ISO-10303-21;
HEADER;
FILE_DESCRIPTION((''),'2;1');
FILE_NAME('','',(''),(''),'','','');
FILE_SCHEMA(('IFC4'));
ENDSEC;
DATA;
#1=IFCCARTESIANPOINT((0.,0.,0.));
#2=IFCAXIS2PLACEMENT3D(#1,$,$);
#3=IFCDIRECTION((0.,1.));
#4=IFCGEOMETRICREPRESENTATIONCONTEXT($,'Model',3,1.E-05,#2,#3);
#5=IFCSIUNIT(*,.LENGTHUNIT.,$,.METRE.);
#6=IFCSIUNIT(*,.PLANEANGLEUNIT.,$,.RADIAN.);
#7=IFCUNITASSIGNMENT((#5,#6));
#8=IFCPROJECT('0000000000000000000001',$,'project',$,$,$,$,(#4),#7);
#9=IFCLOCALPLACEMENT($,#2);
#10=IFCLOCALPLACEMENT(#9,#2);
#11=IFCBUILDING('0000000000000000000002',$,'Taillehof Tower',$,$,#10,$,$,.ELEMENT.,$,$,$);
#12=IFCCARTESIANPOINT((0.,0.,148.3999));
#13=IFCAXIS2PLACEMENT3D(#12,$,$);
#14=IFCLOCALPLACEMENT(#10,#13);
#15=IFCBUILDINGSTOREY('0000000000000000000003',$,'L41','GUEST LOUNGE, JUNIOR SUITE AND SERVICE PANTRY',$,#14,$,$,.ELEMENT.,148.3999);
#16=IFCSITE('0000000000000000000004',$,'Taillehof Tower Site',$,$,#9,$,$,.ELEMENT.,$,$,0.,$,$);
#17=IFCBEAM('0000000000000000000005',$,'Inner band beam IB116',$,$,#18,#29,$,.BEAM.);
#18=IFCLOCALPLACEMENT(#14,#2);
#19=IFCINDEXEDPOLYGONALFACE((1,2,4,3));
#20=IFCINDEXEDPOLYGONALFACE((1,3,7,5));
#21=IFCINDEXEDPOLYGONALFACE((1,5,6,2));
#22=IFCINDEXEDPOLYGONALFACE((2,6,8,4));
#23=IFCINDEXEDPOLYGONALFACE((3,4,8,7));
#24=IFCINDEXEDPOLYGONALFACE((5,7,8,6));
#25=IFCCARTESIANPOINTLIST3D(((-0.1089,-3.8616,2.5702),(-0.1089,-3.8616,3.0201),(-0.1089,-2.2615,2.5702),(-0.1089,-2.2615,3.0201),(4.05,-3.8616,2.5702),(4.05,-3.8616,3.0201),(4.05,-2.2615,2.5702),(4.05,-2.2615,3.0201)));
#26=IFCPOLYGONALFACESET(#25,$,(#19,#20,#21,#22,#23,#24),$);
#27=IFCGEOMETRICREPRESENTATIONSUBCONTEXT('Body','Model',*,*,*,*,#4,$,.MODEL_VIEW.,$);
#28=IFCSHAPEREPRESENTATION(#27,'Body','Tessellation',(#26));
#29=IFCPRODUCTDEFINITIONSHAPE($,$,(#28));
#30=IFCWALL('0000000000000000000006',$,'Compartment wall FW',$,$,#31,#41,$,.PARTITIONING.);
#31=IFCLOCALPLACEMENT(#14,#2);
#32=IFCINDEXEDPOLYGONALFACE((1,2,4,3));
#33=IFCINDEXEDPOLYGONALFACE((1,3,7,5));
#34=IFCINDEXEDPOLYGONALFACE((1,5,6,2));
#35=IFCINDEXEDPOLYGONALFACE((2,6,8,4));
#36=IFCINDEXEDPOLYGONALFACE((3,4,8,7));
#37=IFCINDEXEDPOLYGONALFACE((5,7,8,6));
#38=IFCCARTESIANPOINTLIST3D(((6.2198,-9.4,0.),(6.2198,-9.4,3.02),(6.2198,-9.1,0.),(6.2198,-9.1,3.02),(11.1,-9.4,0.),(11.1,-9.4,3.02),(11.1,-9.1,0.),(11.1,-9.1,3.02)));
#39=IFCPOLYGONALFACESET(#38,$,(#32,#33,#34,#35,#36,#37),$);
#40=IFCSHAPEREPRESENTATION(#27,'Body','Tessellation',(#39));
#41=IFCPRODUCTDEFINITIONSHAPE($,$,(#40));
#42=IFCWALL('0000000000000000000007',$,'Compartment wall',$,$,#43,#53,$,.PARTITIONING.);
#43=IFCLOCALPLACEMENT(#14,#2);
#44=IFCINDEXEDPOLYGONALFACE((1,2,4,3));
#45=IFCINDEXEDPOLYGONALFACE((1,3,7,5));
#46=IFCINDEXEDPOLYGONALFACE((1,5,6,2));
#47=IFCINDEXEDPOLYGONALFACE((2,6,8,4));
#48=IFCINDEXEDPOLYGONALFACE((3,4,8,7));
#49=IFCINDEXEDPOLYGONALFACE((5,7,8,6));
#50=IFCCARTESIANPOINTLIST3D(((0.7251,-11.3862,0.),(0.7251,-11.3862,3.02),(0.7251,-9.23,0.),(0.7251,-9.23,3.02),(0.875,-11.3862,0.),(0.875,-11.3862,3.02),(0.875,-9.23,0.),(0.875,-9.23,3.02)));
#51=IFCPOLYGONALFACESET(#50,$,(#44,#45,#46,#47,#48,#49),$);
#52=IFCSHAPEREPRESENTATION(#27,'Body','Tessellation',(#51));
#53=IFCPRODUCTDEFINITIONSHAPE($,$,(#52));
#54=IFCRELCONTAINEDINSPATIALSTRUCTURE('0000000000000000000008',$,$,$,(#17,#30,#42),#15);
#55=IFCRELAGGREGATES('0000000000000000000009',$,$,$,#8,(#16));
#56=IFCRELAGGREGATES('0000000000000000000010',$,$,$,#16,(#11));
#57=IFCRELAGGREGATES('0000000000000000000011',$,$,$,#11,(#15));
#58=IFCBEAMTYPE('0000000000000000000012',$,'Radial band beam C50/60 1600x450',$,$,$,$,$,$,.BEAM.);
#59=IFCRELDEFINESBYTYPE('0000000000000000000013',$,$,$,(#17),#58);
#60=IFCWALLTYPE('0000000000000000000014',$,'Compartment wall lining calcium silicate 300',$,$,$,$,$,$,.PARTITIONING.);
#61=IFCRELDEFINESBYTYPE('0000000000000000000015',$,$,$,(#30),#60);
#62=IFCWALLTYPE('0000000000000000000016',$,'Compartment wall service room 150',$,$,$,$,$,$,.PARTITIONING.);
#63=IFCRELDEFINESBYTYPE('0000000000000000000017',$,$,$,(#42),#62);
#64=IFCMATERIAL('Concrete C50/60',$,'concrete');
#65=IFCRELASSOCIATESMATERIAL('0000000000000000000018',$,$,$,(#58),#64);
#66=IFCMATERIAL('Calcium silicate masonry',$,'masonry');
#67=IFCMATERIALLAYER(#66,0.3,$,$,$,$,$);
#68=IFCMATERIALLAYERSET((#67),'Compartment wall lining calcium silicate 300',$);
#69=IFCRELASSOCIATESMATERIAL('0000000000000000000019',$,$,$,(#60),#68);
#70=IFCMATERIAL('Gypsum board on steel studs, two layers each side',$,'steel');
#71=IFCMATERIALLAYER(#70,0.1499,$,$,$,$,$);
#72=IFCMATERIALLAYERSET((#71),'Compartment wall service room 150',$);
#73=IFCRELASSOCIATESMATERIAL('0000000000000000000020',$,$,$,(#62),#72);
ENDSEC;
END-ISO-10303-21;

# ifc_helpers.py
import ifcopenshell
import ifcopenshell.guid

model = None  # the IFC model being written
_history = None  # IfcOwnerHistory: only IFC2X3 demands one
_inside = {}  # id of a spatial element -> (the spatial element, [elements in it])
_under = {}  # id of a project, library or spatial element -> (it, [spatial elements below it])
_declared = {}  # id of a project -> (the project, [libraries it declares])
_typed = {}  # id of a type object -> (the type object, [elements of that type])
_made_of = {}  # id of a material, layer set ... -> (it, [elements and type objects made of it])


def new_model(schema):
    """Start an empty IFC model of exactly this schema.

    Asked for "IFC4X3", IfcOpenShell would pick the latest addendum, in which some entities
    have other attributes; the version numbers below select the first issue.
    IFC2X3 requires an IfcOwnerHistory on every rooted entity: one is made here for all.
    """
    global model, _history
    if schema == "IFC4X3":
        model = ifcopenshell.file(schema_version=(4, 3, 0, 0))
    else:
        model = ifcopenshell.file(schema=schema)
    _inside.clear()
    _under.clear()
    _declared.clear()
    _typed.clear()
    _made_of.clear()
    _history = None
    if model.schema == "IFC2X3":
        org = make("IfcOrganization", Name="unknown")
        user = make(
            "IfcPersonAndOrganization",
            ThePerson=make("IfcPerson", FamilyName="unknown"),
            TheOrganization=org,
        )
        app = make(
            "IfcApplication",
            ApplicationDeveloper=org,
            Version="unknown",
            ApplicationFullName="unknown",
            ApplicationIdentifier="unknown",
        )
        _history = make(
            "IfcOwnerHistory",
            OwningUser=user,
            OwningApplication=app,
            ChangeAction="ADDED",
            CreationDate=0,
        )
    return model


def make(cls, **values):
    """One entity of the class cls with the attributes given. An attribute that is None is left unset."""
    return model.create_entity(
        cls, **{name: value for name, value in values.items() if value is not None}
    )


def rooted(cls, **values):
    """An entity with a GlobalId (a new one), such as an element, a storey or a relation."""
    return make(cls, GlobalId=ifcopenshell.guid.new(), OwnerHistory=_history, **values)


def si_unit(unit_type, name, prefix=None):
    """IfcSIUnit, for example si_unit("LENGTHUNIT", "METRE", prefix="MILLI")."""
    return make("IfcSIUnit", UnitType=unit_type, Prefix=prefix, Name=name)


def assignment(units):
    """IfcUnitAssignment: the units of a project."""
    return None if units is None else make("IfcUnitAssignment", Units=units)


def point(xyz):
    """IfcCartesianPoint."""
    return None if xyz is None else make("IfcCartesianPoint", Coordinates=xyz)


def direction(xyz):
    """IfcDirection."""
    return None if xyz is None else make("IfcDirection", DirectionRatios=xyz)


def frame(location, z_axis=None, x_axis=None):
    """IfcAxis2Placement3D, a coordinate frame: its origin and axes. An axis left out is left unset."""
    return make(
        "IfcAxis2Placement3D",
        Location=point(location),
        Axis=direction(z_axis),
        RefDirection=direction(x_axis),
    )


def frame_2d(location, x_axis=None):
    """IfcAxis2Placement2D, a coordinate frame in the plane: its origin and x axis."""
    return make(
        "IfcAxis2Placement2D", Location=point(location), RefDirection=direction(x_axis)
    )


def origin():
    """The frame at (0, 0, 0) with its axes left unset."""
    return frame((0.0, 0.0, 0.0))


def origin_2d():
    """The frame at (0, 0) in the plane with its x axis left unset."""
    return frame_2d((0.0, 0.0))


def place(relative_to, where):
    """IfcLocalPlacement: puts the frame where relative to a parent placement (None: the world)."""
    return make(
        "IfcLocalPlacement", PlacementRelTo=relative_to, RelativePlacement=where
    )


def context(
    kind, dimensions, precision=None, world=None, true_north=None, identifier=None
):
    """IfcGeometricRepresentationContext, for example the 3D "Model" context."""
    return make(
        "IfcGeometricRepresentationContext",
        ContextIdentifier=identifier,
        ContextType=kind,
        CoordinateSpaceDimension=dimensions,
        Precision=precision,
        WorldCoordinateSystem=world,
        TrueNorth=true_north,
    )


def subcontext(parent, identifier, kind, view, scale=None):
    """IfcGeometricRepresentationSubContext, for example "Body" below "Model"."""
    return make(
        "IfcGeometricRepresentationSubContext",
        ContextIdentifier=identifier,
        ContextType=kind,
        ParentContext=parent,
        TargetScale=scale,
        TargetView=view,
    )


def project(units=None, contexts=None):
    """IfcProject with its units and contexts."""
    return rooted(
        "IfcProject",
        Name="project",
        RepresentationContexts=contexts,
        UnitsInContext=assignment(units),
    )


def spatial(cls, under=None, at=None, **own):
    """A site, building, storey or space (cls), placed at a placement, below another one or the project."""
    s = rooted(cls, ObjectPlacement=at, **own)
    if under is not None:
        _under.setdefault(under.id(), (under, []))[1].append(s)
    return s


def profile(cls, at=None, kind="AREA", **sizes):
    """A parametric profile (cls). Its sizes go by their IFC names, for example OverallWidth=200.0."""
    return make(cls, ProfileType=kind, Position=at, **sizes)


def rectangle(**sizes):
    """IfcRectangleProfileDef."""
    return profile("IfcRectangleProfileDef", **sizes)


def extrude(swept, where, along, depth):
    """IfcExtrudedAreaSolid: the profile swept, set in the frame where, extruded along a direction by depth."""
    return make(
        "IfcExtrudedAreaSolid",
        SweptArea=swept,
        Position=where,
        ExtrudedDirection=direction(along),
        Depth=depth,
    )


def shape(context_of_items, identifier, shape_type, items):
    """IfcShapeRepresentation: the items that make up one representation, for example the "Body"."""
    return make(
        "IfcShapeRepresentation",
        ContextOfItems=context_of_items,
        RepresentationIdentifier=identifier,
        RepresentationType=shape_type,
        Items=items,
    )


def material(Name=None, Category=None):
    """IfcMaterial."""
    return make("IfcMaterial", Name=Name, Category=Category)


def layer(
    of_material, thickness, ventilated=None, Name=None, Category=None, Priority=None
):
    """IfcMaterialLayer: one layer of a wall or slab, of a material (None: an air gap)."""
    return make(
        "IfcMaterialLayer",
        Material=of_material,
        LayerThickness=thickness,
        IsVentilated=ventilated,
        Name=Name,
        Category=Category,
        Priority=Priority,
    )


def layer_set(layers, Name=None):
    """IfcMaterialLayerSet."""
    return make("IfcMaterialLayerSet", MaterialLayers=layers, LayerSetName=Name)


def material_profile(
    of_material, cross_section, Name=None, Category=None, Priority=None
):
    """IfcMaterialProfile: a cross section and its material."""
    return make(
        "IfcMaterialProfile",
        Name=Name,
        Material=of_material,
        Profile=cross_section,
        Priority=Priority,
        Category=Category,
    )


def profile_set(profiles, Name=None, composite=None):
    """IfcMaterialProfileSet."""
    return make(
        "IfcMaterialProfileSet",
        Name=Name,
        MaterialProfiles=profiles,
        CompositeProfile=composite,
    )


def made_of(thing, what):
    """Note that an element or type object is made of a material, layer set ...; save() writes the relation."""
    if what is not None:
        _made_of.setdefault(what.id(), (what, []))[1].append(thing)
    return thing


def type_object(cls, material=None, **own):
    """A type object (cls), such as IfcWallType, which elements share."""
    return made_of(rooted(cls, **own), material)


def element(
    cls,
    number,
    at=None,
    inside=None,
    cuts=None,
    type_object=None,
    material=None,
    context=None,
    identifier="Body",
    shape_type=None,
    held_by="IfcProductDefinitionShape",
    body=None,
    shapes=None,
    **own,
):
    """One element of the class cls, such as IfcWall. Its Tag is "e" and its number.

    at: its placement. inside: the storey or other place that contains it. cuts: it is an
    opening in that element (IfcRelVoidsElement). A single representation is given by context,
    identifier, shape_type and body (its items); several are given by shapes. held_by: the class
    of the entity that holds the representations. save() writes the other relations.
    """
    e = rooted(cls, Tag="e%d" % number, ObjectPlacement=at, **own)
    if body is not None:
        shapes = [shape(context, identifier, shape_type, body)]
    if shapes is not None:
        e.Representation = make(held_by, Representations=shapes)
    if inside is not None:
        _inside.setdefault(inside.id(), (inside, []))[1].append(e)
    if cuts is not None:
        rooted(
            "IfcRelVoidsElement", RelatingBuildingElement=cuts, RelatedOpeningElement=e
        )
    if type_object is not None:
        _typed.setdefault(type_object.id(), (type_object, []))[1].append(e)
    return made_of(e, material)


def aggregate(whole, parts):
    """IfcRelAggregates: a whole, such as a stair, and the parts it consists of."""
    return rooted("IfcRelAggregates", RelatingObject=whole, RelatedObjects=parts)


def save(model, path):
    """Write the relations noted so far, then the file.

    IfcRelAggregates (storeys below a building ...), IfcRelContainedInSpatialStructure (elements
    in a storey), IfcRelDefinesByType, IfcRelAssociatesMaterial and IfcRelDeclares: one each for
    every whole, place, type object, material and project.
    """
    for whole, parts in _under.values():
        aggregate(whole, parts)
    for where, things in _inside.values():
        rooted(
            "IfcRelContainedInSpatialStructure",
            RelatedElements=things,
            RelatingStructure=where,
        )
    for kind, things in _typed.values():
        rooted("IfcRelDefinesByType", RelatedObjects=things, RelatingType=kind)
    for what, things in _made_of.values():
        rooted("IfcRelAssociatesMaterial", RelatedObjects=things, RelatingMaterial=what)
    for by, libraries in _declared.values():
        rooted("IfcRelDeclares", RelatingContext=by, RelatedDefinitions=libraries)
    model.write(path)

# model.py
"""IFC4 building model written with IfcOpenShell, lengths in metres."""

from ifc_helpers import new_model, si_unit, direction, frame, frame_2d, origin, origin_2d, place, context, subcontext, project, spatial, rectangle, extrude, material, layer, layer_set, material_profile, profile_set, type_object, element, save


model = new_model("IFC4")

# Units and contexts
model_context = context("Model", 3, precision=1e-05, world=origin(), true_north=direction((0.0, 1.0)))
body_context = subcontext(model_context, "Body", "Model", "MODEL_VIEW")
ifc_project = project(units=[si_unit("LENGTHUNIT", "METRE"), si_unit("PLANEANGLEUNIT", "RADIAN")], contexts=[model_context])

# Site, building, storey
site_placement = place(None, origin())
site = spatial("IfcSite", under=ifc_project, at=site_placement, Name="Taillehof Tower Site", CompositionType="ELEMENT", RefElevation=0.0)
building_placement = place(site_placement, origin())
building = spatial("IfcBuilding", under=site, at=building_placement, Name="Taillehof Tower", CompositionType="ELEMENT")
storey_placement = place(building_placement, frame((0.0, 0.0, 148.3999)))
storey = spatial("IfcBuildingStorey", under=building, at=storey_placement, Name="L41", Description="GUEST LOUNGE, JUNIOR SUITE AND SERVICE PANTRY", CompositionType="ELEMENT", Elevation=148.3999)

# Beam
ifc_material_1 = material(Name="Concrete C50/60", Category="concrete")
ifc_material_profile = material_profile(ifc_material_1, rectangle(XDim=1.6001, YDim=0.45, at=origin_2d()), Name="RC 1600x450")
ifc_profile_set = profile_set([ifc_material_profile], Name="Concrete C50/60")
beam_type = type_object("IfcBeamType", Name="Radial band beam C50/60 1600x450", PredefinedType="BEAM", material=ifc_profile_set)
beam_placement = place(storey_placement, frame((-0.1089, -3.0615, 2.7952), z_axis=(1.0, 0.0, 0.0), x_axis=(0.0, 1.0, 0.0)))
element("IfcBeam", 1, at=beam_placement, inside=storey, type_object=beam_type, Name="Inner band beam IB116", PredefinedType="BEAM", context=body_context, shape_type="SweptSolid", body=[
    extrude(rectangle(XDim=1.6001, YDim=0.45, at=origin_2d()), origin(), (0.0, 0.0, 1.0), 4.1589),
])

# Walls
ifc_material_2 = material(Name="Calcium silicate masonry", Category="masonry")
ifc_layer_1 = layer(ifc_material_2, 0.3)
ifc_layer_set_1 = layer_set([ifc_layer_1], Name="Compartment wall lining calcium silicate 300")
wall_type_1 = type_object("IfcWallType", Name="Compartment wall lining calcium silicate 300", PredefinedType="PARTITIONING", material=ifc_layer_set_1)
wall_1_placement = place(storey_placement, frame((6.22, -9.25, 0.0), z_axis=(0.0, 0.0, 1.0), x_axis=(1.0, 0.0, 0.0)))
element("IfcWall", 2, at=wall_1_placement, inside=storey, type_object=wall_type_1, Name="Compartment wall FW", PredefinedType="PARTITIONING", context=body_context, shape_type="SweptSolid", body=[
    extrude(rectangle(XDim=4.8801, YDim=0.3, at=frame_2d((2.4399, 0.0))), origin(), (0.0, 0.0, 1.0), 3.02),
])
ifc_material_3 = material(Name="Gypsum board on steel studs, two layers each side", Category="steel")
ifc_layer_2 = layer(ifc_material_3, 0.1499)
ifc_layer_set_2 = layer_set([ifc_layer_2], Name="Compartment wall service room 150")
wall_type_2 = type_object("IfcWallType", Name="Compartment wall service room 150", PredefinedType="PARTITIONING", material=ifc_layer_set_2)
wall_2_placement = place(storey_placement, frame((0.8, -9.23, 0.0), z_axis=(0.0, 0.0, 1.0), x_axis=(0.0, -1.0, 0.0)))
element("IfcWall", 3, at=wall_2_placement, inside=storey, type_object=wall_type_2, Name="Compartment wall", PredefinedType="PARTITIONING", context=body_context, shape_type="SweptSolid", body=[
    extrude(rectangle(XDim=2.1562, YDim=0.1499, at=frame_2d((1.0781, 0.0))), origin(), (0.0, 0.0, 1.0), 3.02),
])

save(model, "model.ifc")
